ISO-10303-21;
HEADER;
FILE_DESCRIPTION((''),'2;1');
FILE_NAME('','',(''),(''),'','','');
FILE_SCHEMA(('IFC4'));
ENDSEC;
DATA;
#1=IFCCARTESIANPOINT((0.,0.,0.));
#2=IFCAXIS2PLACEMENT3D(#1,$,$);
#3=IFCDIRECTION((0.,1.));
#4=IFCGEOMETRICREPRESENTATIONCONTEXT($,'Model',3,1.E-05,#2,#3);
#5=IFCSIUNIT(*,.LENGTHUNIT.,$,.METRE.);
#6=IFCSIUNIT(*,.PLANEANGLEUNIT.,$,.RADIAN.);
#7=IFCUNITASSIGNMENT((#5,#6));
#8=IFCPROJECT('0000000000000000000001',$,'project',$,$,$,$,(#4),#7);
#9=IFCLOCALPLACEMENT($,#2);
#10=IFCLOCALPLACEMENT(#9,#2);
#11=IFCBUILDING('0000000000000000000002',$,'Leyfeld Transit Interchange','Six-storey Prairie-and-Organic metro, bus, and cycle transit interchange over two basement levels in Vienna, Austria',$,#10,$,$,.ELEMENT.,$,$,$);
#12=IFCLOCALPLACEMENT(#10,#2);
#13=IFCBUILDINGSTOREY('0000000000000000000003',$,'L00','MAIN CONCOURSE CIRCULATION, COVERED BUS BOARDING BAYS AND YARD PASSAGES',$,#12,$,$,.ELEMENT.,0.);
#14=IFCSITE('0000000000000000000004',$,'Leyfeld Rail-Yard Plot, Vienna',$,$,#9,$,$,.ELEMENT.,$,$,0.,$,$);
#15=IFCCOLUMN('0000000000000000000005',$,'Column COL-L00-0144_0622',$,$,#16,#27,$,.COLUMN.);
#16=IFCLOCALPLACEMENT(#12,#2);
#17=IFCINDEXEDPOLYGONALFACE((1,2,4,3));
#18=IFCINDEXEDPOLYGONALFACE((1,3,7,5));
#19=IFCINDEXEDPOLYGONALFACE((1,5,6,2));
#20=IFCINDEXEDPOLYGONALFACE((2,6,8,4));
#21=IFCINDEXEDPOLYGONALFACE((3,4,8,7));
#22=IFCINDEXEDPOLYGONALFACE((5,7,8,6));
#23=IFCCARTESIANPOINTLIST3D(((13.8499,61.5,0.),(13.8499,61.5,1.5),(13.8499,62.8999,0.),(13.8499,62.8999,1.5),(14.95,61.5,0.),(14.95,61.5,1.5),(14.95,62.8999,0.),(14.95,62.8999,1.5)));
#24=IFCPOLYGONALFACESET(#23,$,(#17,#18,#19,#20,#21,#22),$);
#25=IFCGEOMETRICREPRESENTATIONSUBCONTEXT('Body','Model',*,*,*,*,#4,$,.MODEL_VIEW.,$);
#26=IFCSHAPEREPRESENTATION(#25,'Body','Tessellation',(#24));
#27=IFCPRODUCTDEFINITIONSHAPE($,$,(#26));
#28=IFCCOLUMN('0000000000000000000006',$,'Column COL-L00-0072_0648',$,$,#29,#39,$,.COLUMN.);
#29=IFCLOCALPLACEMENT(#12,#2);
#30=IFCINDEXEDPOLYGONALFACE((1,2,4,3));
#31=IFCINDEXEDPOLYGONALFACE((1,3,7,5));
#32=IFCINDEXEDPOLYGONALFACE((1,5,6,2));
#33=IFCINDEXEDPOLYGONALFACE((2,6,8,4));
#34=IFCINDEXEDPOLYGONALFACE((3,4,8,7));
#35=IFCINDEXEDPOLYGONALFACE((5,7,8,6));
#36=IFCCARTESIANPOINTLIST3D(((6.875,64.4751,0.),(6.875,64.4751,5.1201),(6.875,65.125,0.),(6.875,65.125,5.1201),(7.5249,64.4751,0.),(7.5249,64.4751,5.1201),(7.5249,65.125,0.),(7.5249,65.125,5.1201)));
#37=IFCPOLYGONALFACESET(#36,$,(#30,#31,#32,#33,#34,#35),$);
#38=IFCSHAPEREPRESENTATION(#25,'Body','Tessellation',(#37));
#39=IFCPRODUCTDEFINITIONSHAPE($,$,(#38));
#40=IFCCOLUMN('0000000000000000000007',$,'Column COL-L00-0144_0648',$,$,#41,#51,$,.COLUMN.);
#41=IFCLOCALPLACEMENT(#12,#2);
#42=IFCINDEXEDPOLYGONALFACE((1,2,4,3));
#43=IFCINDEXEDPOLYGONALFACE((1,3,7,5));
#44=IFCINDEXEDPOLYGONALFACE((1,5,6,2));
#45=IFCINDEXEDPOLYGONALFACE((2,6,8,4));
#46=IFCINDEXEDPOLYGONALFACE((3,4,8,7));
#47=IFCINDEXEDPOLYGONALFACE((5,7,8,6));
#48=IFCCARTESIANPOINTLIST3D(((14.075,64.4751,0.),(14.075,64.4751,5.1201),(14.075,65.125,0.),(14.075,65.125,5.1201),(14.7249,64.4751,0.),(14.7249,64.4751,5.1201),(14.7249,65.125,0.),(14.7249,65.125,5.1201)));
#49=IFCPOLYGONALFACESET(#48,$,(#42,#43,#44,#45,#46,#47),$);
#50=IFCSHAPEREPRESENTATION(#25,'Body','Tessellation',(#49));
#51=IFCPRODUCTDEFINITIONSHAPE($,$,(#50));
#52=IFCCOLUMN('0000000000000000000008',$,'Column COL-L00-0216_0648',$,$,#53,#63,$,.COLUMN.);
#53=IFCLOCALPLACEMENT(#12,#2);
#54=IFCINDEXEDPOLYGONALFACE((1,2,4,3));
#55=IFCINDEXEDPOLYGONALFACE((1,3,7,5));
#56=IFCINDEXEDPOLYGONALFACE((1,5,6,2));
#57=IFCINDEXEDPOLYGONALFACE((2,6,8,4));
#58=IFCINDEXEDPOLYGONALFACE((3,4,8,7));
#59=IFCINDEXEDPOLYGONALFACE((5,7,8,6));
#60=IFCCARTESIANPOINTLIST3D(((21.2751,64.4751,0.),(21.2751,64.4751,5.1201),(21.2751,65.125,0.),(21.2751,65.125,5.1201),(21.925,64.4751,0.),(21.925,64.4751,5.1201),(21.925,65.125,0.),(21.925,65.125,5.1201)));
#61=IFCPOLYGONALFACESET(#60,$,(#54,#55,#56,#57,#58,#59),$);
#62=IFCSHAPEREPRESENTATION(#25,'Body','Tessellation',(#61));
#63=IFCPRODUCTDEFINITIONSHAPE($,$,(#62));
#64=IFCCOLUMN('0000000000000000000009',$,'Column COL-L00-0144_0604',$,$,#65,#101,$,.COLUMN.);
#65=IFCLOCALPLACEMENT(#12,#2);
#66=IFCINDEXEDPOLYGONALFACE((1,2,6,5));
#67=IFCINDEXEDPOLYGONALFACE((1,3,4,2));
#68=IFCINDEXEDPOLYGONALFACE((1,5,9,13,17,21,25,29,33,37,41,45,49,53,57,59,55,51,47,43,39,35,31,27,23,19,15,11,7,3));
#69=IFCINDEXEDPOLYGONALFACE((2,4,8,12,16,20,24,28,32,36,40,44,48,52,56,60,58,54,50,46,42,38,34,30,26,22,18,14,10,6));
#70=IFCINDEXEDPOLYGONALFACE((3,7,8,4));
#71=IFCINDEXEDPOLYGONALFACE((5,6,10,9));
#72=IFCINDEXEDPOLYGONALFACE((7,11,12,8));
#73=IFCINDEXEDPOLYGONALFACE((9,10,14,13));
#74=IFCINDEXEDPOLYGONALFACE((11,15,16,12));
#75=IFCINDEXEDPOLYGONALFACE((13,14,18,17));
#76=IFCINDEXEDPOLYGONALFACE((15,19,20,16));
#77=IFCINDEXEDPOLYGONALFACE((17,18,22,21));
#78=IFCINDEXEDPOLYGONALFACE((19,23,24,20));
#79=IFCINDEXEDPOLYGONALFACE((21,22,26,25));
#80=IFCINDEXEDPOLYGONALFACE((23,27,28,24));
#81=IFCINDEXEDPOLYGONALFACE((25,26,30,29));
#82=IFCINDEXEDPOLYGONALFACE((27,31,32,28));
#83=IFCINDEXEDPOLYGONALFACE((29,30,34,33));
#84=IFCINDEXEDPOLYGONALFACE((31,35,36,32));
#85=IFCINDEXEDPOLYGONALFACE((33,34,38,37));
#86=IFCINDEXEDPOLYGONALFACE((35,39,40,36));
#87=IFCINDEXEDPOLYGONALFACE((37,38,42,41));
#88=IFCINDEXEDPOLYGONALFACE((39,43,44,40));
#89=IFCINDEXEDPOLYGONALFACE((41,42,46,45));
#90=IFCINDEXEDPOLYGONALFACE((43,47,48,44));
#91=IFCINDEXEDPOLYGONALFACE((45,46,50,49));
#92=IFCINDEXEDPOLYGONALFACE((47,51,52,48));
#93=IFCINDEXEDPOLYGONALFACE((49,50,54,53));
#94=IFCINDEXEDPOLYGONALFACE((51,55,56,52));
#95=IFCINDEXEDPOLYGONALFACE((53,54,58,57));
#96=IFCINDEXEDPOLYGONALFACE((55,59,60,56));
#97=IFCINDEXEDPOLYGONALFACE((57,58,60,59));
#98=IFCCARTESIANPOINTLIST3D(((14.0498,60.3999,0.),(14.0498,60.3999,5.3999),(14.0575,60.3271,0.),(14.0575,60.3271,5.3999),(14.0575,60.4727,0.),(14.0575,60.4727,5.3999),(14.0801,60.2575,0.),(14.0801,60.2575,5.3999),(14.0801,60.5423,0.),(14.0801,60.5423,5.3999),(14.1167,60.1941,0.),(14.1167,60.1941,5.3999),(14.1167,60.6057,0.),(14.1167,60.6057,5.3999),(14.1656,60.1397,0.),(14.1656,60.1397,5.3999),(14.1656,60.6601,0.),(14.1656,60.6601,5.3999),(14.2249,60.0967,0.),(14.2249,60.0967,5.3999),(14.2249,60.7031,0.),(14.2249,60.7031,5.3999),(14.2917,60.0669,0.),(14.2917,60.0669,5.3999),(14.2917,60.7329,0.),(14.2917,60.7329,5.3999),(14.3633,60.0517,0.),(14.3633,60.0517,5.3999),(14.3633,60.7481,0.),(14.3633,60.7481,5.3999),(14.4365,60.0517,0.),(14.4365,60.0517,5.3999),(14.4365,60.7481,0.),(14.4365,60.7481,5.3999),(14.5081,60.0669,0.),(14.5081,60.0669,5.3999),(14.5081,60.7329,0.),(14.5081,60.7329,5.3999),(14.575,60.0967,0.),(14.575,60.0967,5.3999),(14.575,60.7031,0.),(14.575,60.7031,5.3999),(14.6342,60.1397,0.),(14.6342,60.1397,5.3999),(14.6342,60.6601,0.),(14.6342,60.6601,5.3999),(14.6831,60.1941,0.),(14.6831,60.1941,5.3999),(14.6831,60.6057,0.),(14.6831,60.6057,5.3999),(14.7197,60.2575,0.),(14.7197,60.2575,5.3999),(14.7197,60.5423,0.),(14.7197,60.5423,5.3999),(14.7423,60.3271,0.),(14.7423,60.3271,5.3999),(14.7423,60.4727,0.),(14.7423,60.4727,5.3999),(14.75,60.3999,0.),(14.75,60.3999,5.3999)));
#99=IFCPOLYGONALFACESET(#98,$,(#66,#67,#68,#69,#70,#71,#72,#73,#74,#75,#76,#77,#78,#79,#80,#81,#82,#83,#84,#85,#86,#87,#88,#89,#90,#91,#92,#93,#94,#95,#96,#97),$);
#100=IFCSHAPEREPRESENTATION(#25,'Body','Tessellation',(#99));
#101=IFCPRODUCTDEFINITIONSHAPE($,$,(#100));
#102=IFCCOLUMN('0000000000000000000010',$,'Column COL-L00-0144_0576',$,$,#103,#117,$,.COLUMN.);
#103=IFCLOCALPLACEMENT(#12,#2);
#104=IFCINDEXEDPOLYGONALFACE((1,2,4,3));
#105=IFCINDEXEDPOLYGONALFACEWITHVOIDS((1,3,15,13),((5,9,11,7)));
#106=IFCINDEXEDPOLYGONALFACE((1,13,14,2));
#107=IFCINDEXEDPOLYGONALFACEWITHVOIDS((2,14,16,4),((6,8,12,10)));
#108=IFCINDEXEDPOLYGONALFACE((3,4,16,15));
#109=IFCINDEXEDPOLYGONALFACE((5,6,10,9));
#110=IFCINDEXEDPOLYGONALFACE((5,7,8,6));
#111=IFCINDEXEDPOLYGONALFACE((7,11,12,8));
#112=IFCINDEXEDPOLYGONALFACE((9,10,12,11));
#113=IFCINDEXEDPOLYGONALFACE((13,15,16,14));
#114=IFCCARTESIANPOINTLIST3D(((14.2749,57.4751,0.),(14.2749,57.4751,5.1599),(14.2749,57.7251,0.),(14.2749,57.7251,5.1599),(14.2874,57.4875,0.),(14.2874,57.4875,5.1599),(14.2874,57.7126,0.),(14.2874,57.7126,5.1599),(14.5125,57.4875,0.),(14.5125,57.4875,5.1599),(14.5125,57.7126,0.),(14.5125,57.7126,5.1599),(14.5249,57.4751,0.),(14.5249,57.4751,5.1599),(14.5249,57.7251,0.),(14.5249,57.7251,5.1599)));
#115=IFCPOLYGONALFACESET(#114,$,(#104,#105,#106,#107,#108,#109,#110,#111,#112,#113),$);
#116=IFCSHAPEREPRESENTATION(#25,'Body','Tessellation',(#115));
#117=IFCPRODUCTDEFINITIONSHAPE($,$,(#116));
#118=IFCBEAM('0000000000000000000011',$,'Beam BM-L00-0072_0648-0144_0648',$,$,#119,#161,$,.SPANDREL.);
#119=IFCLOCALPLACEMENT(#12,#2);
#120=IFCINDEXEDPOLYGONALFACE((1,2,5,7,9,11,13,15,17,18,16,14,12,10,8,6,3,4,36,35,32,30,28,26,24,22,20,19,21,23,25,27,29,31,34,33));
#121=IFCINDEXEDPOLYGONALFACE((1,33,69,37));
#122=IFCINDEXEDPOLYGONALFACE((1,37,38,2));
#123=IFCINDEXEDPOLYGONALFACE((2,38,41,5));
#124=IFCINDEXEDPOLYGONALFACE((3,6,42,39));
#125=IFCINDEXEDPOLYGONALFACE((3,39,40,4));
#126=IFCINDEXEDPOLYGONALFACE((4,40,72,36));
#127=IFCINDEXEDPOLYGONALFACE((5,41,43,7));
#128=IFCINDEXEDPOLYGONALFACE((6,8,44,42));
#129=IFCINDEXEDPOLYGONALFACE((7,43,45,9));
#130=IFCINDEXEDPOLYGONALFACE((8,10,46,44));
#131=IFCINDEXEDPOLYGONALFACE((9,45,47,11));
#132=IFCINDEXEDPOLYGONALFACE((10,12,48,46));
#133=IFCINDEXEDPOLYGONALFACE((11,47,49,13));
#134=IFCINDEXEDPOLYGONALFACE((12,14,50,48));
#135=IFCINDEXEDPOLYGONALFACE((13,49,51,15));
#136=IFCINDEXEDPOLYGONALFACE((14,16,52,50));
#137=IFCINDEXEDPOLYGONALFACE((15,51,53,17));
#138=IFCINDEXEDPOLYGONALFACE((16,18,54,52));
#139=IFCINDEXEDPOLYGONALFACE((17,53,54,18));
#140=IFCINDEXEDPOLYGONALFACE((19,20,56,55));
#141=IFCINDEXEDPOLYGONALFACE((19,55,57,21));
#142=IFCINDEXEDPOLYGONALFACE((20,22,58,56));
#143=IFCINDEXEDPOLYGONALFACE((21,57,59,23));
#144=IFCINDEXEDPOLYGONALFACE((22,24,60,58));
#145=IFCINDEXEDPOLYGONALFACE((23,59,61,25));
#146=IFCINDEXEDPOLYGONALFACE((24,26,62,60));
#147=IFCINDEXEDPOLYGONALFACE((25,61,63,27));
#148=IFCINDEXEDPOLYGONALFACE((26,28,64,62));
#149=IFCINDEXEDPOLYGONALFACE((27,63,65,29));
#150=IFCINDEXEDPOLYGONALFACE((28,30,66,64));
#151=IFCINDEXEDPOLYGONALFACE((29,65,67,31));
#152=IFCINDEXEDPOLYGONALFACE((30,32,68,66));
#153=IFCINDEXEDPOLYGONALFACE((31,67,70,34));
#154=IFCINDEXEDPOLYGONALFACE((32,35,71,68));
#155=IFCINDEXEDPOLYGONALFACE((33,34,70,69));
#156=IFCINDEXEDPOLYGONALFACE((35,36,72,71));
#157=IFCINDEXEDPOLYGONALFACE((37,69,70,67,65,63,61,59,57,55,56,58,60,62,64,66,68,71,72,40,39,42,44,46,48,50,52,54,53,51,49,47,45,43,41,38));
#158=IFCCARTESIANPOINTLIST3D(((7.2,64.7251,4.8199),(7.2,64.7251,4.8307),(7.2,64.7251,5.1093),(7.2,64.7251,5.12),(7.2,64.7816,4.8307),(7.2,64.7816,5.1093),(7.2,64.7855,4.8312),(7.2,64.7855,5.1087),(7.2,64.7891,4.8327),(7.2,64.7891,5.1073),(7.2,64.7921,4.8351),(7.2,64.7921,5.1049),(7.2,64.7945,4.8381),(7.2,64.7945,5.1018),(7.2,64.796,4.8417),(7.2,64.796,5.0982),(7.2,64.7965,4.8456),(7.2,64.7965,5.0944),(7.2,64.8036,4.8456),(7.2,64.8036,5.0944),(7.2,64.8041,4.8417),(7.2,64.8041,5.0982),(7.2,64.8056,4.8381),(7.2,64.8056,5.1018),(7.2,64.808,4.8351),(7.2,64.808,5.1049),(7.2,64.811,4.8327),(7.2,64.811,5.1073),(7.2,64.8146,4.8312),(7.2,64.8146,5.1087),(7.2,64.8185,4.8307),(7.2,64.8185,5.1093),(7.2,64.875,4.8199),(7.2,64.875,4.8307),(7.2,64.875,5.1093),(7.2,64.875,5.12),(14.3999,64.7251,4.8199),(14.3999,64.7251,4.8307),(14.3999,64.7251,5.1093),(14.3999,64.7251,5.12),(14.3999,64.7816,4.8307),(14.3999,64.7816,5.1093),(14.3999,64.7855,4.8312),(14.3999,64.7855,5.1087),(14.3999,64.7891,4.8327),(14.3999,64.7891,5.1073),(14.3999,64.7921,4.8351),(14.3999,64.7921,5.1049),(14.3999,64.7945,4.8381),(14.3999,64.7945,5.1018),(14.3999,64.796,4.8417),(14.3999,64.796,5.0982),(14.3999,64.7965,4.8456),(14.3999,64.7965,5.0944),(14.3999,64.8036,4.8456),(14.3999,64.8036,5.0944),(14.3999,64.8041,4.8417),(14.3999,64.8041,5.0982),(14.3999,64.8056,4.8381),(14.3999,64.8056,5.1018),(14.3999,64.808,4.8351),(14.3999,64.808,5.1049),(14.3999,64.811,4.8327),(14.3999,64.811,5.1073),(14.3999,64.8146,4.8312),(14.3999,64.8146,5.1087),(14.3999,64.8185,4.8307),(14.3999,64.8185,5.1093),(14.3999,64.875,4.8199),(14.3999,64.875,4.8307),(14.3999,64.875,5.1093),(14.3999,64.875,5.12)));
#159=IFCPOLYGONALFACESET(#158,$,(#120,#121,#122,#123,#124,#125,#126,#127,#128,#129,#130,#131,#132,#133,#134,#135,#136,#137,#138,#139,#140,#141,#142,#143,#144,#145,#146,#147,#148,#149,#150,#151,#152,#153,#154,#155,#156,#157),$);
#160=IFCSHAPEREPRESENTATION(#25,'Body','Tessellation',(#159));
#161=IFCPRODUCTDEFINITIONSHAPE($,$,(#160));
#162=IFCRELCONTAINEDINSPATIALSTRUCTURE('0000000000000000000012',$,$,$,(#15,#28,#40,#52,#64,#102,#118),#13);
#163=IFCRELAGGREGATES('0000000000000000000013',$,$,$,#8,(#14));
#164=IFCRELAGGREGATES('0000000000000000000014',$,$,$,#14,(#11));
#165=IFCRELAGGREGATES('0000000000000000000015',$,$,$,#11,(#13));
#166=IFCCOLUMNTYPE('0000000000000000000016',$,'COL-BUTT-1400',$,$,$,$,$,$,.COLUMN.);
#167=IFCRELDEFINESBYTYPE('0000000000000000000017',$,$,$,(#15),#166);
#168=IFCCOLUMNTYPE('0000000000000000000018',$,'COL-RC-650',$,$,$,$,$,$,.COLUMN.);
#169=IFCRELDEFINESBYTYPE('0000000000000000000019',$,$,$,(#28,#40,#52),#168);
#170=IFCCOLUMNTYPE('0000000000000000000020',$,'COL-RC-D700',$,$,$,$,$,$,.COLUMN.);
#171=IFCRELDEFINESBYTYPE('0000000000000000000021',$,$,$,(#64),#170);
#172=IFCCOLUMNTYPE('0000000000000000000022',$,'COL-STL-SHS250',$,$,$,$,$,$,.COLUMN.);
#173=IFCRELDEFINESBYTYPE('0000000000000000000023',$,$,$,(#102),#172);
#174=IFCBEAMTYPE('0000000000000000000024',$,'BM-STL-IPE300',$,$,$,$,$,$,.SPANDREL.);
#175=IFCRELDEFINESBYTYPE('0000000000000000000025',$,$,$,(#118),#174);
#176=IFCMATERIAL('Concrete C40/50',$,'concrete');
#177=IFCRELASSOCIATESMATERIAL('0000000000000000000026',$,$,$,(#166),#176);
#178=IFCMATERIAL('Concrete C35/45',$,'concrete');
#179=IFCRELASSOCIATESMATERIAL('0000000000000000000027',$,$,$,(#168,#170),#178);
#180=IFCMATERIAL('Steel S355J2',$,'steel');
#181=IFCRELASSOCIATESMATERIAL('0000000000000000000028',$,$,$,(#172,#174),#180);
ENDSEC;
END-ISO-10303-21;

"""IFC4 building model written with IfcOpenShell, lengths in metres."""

from ifc_helpers import new_model, si_unit, direction, frame, origin, origin_2d, place, context, subcontext, project, spatial, rectangle, hollow_rectangle, circle, i_section, extrude, material, material_profile, profile_set, type_object, element, save


model = new_model("IFC4")

# Units and contexts
model_context = context("Model", 3, precision=1e-05, world=origin(), true_north=direction((0.0, 1.0)))
body_context = subcontext(model_context, "Body", "Model", "MODEL_VIEW")
ifc_project = project(units=[si_unit("LENGTHUNIT", "METRE"), si_unit("PLANEANGLEUNIT", "RADIAN")], contexts=[model_context])

# Site, building, storey
site_placement = place(None, origin())
site = spatial("IfcSite", under=ifc_project, at=site_placement, Name="Leyfeld Rail-Yard Plot, Vienna", CompositionType="ELEMENT", RefElevation=0.0)
building_placement = place(site_placement, origin())
building = spatial("IfcBuilding", under=site, at=building_placement, Name="Leyfeld Transit Interchange", Description="Six-storey Prairie-and-Organic metro, bus, and cycle transit interchange over two basement levels in Vienna, Austria", CompositionType="ELEMENT")
storey_placement = place(building_placement, origin())
storey = spatial("IfcBuildingStorey", under=building, at=storey_placement, Name="L00", Description="MAIN CONCOURSE CIRCULATION, COVERED BUS BOARDING BAYS AND YARD PASSAGES", CompositionType="ELEMENT", Elevation=0.0)

# Columns
ifc_material_1 = material(Name="Concrete C40/50", Category="concrete")
ifc_material_profile_1 = material_profile(ifc_material_1, rectangle(XDim=1.1001, YDim=1.3999, at=origin_2d()), Name="RC 1400x1100")
ifc_profile_set_1 = profile_set([ifc_material_profile_1], Name="Concrete C40/50")
column_type_1 = type_object("IfcColumnType", Name="COL-BUTT-1400", PredefinedType="COLUMN", material=ifc_profile_set_1)
column_1_placement = place(storey_placement, frame((14.3999, 62.2, 0.0), z_axis=(0.0, 0.0, 1.0), x_axis=(1.0, 0.0, 0.0)))
element("IfcColumn", 1, at=column_1_placement, inside=storey, type_object=column_type_1, Name="Column COL-L00-0144_0622", PredefinedType="COLUMN", context=body_context, shape_type="SweptSolid", body=[
    extrude(rectangle(XDim=1.1001, YDim=1.3999, at=origin_2d()), origin(), (0.0, 0.0, 1.0), 1.5),
])
ifc_material_2 = material(Name="Concrete C35/45", Category="concrete")
ifc_material_profile_2 = material_profile(ifc_material_2, rectangle(XDim=0.6499, YDim=0.6499, at=origin_2d()), Name="RC 650x650")
ifc_profile_set_2 = profile_set([ifc_material_profile_2], Name="Concrete C35/45")
column_type_2 = type_object("IfcColumnType", Name="COL-RC-650", PredefinedType="COLUMN", material=ifc_profile_set_2)
for number, where, z_axis, x_axis, name in (
    (2, (7.2, 64.8, 0.0), (0.0, 0.0, 1.0), (1.0, 0.0, 0.0), "Column COL-L00-0072_0648"),
    (3, (14.3999, 64.8, 0.0), (0.0, 0.0, 1.0), (1.0, 0.0, 0.0), "Column COL-L00-0144_0648"),
    (4, (21.6001, 64.8, 0.0), (0.0, 0.0, 1.0), (1.0, 0.0, 0.0), "Column COL-L00-0216_0648"),
):
    element("IfcColumn", number, at=place(storey_placement, frame(where, z_axis=z_axis, x_axis=x_axis)), inside=storey, type_object=column_type_2, Name=name, PredefinedType="COLUMN", context=body_context, shape_type="SweptSolid", body=[
        extrude(rectangle(XDim=0.6499, YDim=0.6499, at=origin_2d()), origin(), (0.0, 0.0, 1.0), 5.1201),
    ])
ifc_material_profile_3 = material_profile(ifc_material_2, circle(Radius=0.3501, at=origin_2d()), Name="RC D700")
ifc_profile_set_3 = profile_set([ifc_material_profile_3], Name="Concrete C35/45")
column_type_3 = type_object("IfcColumnType", Name="COL-RC-D700", PredefinedType="COLUMN", material=ifc_profile_set_3)
column_2_placement = place(storey_placement, frame((14.3999, 60.3999, 0.0), z_axis=(0.0, 0.0, 1.0), x_axis=(1.0, 0.0, 0.0)))
element("IfcColumn", 5, at=column_2_placement, inside=storey, type_object=column_type_3, Name="Column COL-L00-0144_0604", PredefinedType="COLUMN", context=body_context, shape_type="SweptSolid", body=[
    extrude(circle(Radius=0.3501, at=origin_2d()), origin(), (0.0, 0.0, 1.0), 5.3999),
])
ifc_material_3 = material(Name="Steel S355J2", Category="steel")
ifc_material_profile_4 = material_profile(ifc_material_3, hollow_rectangle(XDim=0.25, YDim=0.25, WallThickness=0.0125, at=origin_2d()), Name="SHS 250x250x12.5")
ifc_profile_set_4 = profile_set([ifc_material_profile_4], Name="Steel S355J2")
column_type_4 = type_object("IfcColumnType", Name="COL-STL-SHS250", PredefinedType="COLUMN", material=ifc_profile_set_4)
column_3_placement = place(storey_placement, frame((14.3999, 57.6001, 0.0), z_axis=(0.0, 0.0, 1.0), x_axis=(1.0, 0.0, 0.0)))
element("IfcColumn", 6, at=column_3_placement, inside=storey, type_object=column_type_4, Name="Column COL-L00-0144_0576", PredefinedType="COLUMN", context=body_context, shape_type="SweptSolid", body=[
    extrude(hollow_rectangle(XDim=0.25, YDim=0.25, WallThickness=0.0125, at=origin_2d()), origin(), (0.0, 0.0, 1.0), 5.1599),
])

# Beam
ifc_material_profile_5 = material_profile(ifc_material_3, i_section(OverallWidth=0.1499, OverallDepth=0.3, WebThickness=0.0071, FlangeThickness=0.0107, FilletRadius=0.0149, at=origin_2d()), Name="IPE 300")
ifc_profile_set_5 = profile_set([ifc_material_profile_5], Name="Steel S355J2")
beam_type_1 = type_object("IfcBeamType", Name="BM-STL-IPE300", PredefinedType="SPANDREL", material=ifc_profile_set_5)
beam_1_placement = place(storey_placement, frame((7.2, 64.8, 4.97), z_axis=(1.0, 0.0, 0.0), x_axis=(0.0, 1.0, 0.0)))
element("IfcBeam", 7, at=beam_1_placement, inside=storey, type_object=beam_type_1, Name="Beam BM-L00-0072_0648-0144_0648", PredefinedType="SPANDREL", context=body_context, shape_type="SweptSolid", body=[
    extrude(i_section(OverallWidth=0.1499, OverallDepth=0.3, WebThickness=0.0071, FlangeThickness=0.0107, FilletRadius=0.0149, at=origin_2d()), origin(), (0.0, 0.0, 1.0), 7.2),
])

save(model, "model.ifc")
